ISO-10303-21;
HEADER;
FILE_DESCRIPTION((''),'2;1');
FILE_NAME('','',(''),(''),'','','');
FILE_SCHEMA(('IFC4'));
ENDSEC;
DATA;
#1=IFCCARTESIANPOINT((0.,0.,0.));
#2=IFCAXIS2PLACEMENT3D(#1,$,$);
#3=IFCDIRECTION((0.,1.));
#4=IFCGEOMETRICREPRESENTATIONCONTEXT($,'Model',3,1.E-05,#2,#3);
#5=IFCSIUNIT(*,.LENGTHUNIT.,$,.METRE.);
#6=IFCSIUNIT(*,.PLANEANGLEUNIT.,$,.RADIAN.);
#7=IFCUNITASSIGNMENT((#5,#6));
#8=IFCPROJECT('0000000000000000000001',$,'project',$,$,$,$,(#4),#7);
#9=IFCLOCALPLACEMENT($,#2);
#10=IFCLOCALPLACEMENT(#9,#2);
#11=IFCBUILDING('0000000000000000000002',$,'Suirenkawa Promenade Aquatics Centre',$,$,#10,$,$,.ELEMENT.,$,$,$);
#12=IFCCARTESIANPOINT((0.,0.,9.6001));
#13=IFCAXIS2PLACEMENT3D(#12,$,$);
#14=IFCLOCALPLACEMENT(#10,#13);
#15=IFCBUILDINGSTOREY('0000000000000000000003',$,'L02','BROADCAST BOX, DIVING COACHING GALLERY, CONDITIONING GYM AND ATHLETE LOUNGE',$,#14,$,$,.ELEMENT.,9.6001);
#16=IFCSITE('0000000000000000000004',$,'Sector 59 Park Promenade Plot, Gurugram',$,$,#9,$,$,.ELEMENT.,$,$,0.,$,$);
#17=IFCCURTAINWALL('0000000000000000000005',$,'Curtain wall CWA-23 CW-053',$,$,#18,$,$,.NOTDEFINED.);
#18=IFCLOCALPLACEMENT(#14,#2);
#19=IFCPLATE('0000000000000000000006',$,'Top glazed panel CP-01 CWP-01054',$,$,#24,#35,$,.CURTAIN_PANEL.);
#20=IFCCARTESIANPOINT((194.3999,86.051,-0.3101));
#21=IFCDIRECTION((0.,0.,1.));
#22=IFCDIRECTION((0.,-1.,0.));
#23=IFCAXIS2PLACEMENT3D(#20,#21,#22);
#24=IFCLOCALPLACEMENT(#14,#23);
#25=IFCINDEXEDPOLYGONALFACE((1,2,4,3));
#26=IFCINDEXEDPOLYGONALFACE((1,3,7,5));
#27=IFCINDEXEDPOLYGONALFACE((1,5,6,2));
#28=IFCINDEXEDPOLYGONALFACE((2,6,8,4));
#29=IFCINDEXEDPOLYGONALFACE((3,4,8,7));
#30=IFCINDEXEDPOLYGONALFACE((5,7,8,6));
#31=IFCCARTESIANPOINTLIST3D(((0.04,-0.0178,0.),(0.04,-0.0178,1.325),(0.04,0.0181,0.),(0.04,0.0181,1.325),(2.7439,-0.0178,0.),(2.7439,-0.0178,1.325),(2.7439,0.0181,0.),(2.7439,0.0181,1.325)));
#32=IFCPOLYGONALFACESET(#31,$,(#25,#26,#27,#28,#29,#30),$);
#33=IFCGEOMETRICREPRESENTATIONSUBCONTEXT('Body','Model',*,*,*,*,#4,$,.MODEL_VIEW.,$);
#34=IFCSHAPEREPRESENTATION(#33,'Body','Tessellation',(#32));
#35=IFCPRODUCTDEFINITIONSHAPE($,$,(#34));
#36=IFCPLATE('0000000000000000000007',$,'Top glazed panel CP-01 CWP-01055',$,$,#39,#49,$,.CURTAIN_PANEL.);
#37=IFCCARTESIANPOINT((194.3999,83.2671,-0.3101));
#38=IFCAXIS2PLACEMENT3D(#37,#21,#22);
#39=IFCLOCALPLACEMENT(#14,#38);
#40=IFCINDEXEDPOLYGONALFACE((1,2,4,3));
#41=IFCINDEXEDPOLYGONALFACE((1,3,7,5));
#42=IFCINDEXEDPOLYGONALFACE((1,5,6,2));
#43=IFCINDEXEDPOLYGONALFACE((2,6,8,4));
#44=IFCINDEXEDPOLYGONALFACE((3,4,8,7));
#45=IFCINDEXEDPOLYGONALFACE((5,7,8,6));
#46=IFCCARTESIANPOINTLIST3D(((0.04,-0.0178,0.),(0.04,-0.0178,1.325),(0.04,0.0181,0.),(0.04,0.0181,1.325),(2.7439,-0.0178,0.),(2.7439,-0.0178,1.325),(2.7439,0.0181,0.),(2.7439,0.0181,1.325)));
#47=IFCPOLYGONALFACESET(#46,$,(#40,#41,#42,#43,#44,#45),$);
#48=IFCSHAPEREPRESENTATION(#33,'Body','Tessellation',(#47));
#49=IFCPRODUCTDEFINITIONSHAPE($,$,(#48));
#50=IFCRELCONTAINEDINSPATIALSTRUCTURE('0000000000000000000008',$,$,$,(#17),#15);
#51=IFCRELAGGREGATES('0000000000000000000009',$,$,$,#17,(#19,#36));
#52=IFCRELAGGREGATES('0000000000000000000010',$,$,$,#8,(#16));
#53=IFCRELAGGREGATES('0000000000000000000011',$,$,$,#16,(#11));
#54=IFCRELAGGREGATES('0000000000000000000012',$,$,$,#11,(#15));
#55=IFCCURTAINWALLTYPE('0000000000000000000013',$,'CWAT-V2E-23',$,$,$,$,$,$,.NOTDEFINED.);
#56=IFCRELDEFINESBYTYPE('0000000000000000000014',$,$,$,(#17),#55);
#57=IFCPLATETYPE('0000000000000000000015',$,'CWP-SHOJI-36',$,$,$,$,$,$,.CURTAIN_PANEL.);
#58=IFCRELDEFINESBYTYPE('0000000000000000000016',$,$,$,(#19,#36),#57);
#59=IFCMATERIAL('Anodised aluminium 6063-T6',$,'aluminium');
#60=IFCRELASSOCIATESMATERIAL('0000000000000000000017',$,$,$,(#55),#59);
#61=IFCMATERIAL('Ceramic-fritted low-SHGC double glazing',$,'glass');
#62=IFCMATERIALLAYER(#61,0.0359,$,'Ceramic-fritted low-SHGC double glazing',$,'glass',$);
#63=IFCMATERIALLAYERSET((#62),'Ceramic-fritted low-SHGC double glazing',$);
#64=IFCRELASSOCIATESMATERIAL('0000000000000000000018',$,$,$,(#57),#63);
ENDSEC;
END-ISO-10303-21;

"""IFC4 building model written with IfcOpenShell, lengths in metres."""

from ifc_helpers import new_model, si_unit, direction, frame, origin, place, context, subcontext, project, spatial, polyline, outline, extrude, material, layer, layer_set, type_object, element, aggregate, save


model = new_model("IFC4")

# Units and contexts
model_context = context("Model", 3, precision=1e-05, world=origin(), true_north=direction((0.0, 1.0)))
body_context = subcontext(model_context, "Body", "Model", "MODEL_VIEW")
ifc_project = project(units=[si_unit("LENGTHUNIT", "METRE"), si_unit("PLANEANGLEUNIT", "RADIAN")], contexts=[model_context])

# Site, building, storey
site_placement = place(None, origin())
site = spatial("IfcSite", under=ifc_project, at=site_placement, Name="Sector 59 Park Promenade Plot, Gurugram", CompositionType="ELEMENT", RefElevation=0.0)
building_placement = place(site_placement, origin())
building = spatial("IfcBuilding", under=site, at=building_placement, Name="Suirenkawa Promenade Aquatics Centre", CompositionType="ELEMENT")
storey_placement = place(building_placement, frame((0.0, 0.0, 9.6001)))
storey = spatial("IfcBuildingStorey", under=building, at=storey_placement, Name="L02", Description="BROADCAST BOX, DIVING COACHING GALLERY, CONDITIONING GYM AND ATHLETE LOUNGE", CompositionType="ELEMENT", Elevation=9.6001)

# Curtain wall, plates
ifc_material_1 = material(Name="Anodised aluminium 6063-T6", Category="aluminium")
curtain_wall_type = type_object("IfcCurtainWallType", Name="CWAT-V2E-23", PredefinedType="NOTDEFINED", material=ifc_material_1)
curtain_wall_placement = place(storey_placement, origin())
curtain_wall = element("IfcCurtainWall", 1, at=curtain_wall_placement, inside=storey, type_object=curtain_wall_type, Name="Curtain wall CWA-23 CW-053", PredefinedType="NOTDEFINED")
ifc_material_2 = material(Name="Ceramic-fritted low-SHGC double glazing", Category="glass")
ifc_layer_1 = layer(ifc_material_2, 0.0359, Name="Ceramic-fritted low-SHGC double glazing", Category="glass")
ifc_layer_set_1 = layer_set([ifc_layer_1], Name="Ceramic-fritted low-SHGC double glazing")
plate_type = type_object("IfcPlateType", Name="CWP-SHOJI-36", PredefinedType="CURTAIN_PANEL", material=ifc_layer_set_1)
plate_1_placement = place(storey_placement, frame((194.3999, 86.051, -0.3101), z_axis=(0.0, 0.0, 1.0), x_axis=(0.0, -1.0, 0.0)))
plate_1 = element("IfcPlate", 2, at=plate_1_placement, type_object=plate_type, Name="Top glazed panel CP-01 CWP-01054", PredefinedType="CURTAIN_PANEL", context=body_context, shape_type="SweptSolid", body=[
    extrude(outline(polyline([(0.04, 0.0), (2.7439, 0.0), (2.7439, 1.325), (0.04, 1.325), (0.04, 0.0)])), frame((0.0, 0.0181, 0.0), z_axis=(0.0, -1.0, 0.0), x_axis=(1.0, 0.0, 0.0)), (0.0, 0.0, 1.0), 0.0359),
])
plate_2_placement = place(storey_placement, frame((194.3999, 83.2671, -0.3101), z_axis=(0.0, 0.0, 1.0), x_axis=(0.0, -1.0, 0.0)))
plate_2 = element("IfcPlate", 3, at=plate_2_placement, type_object=plate_type, Name="Top glazed panel CP-01 CWP-01055", PredefinedType="CURTAIN_PANEL", context=body_context, shape_type="SweptSolid", body=[
    extrude(outline(polyline([(0.04, 0.0), (2.7439, 0.0), (2.7439, 1.325), (0.04, 1.325), (0.04, 0.0)])), frame((0.0, 0.0181, 0.0), z_axis=(0.0, -1.0, 0.0), x_axis=(1.0, 0.0, 0.0)), (0.0, 0.0, 1.0), 0.0359),
])
aggregate(curtain_wall, [plate_1, plate_2])

save(model, "model.ifc")
